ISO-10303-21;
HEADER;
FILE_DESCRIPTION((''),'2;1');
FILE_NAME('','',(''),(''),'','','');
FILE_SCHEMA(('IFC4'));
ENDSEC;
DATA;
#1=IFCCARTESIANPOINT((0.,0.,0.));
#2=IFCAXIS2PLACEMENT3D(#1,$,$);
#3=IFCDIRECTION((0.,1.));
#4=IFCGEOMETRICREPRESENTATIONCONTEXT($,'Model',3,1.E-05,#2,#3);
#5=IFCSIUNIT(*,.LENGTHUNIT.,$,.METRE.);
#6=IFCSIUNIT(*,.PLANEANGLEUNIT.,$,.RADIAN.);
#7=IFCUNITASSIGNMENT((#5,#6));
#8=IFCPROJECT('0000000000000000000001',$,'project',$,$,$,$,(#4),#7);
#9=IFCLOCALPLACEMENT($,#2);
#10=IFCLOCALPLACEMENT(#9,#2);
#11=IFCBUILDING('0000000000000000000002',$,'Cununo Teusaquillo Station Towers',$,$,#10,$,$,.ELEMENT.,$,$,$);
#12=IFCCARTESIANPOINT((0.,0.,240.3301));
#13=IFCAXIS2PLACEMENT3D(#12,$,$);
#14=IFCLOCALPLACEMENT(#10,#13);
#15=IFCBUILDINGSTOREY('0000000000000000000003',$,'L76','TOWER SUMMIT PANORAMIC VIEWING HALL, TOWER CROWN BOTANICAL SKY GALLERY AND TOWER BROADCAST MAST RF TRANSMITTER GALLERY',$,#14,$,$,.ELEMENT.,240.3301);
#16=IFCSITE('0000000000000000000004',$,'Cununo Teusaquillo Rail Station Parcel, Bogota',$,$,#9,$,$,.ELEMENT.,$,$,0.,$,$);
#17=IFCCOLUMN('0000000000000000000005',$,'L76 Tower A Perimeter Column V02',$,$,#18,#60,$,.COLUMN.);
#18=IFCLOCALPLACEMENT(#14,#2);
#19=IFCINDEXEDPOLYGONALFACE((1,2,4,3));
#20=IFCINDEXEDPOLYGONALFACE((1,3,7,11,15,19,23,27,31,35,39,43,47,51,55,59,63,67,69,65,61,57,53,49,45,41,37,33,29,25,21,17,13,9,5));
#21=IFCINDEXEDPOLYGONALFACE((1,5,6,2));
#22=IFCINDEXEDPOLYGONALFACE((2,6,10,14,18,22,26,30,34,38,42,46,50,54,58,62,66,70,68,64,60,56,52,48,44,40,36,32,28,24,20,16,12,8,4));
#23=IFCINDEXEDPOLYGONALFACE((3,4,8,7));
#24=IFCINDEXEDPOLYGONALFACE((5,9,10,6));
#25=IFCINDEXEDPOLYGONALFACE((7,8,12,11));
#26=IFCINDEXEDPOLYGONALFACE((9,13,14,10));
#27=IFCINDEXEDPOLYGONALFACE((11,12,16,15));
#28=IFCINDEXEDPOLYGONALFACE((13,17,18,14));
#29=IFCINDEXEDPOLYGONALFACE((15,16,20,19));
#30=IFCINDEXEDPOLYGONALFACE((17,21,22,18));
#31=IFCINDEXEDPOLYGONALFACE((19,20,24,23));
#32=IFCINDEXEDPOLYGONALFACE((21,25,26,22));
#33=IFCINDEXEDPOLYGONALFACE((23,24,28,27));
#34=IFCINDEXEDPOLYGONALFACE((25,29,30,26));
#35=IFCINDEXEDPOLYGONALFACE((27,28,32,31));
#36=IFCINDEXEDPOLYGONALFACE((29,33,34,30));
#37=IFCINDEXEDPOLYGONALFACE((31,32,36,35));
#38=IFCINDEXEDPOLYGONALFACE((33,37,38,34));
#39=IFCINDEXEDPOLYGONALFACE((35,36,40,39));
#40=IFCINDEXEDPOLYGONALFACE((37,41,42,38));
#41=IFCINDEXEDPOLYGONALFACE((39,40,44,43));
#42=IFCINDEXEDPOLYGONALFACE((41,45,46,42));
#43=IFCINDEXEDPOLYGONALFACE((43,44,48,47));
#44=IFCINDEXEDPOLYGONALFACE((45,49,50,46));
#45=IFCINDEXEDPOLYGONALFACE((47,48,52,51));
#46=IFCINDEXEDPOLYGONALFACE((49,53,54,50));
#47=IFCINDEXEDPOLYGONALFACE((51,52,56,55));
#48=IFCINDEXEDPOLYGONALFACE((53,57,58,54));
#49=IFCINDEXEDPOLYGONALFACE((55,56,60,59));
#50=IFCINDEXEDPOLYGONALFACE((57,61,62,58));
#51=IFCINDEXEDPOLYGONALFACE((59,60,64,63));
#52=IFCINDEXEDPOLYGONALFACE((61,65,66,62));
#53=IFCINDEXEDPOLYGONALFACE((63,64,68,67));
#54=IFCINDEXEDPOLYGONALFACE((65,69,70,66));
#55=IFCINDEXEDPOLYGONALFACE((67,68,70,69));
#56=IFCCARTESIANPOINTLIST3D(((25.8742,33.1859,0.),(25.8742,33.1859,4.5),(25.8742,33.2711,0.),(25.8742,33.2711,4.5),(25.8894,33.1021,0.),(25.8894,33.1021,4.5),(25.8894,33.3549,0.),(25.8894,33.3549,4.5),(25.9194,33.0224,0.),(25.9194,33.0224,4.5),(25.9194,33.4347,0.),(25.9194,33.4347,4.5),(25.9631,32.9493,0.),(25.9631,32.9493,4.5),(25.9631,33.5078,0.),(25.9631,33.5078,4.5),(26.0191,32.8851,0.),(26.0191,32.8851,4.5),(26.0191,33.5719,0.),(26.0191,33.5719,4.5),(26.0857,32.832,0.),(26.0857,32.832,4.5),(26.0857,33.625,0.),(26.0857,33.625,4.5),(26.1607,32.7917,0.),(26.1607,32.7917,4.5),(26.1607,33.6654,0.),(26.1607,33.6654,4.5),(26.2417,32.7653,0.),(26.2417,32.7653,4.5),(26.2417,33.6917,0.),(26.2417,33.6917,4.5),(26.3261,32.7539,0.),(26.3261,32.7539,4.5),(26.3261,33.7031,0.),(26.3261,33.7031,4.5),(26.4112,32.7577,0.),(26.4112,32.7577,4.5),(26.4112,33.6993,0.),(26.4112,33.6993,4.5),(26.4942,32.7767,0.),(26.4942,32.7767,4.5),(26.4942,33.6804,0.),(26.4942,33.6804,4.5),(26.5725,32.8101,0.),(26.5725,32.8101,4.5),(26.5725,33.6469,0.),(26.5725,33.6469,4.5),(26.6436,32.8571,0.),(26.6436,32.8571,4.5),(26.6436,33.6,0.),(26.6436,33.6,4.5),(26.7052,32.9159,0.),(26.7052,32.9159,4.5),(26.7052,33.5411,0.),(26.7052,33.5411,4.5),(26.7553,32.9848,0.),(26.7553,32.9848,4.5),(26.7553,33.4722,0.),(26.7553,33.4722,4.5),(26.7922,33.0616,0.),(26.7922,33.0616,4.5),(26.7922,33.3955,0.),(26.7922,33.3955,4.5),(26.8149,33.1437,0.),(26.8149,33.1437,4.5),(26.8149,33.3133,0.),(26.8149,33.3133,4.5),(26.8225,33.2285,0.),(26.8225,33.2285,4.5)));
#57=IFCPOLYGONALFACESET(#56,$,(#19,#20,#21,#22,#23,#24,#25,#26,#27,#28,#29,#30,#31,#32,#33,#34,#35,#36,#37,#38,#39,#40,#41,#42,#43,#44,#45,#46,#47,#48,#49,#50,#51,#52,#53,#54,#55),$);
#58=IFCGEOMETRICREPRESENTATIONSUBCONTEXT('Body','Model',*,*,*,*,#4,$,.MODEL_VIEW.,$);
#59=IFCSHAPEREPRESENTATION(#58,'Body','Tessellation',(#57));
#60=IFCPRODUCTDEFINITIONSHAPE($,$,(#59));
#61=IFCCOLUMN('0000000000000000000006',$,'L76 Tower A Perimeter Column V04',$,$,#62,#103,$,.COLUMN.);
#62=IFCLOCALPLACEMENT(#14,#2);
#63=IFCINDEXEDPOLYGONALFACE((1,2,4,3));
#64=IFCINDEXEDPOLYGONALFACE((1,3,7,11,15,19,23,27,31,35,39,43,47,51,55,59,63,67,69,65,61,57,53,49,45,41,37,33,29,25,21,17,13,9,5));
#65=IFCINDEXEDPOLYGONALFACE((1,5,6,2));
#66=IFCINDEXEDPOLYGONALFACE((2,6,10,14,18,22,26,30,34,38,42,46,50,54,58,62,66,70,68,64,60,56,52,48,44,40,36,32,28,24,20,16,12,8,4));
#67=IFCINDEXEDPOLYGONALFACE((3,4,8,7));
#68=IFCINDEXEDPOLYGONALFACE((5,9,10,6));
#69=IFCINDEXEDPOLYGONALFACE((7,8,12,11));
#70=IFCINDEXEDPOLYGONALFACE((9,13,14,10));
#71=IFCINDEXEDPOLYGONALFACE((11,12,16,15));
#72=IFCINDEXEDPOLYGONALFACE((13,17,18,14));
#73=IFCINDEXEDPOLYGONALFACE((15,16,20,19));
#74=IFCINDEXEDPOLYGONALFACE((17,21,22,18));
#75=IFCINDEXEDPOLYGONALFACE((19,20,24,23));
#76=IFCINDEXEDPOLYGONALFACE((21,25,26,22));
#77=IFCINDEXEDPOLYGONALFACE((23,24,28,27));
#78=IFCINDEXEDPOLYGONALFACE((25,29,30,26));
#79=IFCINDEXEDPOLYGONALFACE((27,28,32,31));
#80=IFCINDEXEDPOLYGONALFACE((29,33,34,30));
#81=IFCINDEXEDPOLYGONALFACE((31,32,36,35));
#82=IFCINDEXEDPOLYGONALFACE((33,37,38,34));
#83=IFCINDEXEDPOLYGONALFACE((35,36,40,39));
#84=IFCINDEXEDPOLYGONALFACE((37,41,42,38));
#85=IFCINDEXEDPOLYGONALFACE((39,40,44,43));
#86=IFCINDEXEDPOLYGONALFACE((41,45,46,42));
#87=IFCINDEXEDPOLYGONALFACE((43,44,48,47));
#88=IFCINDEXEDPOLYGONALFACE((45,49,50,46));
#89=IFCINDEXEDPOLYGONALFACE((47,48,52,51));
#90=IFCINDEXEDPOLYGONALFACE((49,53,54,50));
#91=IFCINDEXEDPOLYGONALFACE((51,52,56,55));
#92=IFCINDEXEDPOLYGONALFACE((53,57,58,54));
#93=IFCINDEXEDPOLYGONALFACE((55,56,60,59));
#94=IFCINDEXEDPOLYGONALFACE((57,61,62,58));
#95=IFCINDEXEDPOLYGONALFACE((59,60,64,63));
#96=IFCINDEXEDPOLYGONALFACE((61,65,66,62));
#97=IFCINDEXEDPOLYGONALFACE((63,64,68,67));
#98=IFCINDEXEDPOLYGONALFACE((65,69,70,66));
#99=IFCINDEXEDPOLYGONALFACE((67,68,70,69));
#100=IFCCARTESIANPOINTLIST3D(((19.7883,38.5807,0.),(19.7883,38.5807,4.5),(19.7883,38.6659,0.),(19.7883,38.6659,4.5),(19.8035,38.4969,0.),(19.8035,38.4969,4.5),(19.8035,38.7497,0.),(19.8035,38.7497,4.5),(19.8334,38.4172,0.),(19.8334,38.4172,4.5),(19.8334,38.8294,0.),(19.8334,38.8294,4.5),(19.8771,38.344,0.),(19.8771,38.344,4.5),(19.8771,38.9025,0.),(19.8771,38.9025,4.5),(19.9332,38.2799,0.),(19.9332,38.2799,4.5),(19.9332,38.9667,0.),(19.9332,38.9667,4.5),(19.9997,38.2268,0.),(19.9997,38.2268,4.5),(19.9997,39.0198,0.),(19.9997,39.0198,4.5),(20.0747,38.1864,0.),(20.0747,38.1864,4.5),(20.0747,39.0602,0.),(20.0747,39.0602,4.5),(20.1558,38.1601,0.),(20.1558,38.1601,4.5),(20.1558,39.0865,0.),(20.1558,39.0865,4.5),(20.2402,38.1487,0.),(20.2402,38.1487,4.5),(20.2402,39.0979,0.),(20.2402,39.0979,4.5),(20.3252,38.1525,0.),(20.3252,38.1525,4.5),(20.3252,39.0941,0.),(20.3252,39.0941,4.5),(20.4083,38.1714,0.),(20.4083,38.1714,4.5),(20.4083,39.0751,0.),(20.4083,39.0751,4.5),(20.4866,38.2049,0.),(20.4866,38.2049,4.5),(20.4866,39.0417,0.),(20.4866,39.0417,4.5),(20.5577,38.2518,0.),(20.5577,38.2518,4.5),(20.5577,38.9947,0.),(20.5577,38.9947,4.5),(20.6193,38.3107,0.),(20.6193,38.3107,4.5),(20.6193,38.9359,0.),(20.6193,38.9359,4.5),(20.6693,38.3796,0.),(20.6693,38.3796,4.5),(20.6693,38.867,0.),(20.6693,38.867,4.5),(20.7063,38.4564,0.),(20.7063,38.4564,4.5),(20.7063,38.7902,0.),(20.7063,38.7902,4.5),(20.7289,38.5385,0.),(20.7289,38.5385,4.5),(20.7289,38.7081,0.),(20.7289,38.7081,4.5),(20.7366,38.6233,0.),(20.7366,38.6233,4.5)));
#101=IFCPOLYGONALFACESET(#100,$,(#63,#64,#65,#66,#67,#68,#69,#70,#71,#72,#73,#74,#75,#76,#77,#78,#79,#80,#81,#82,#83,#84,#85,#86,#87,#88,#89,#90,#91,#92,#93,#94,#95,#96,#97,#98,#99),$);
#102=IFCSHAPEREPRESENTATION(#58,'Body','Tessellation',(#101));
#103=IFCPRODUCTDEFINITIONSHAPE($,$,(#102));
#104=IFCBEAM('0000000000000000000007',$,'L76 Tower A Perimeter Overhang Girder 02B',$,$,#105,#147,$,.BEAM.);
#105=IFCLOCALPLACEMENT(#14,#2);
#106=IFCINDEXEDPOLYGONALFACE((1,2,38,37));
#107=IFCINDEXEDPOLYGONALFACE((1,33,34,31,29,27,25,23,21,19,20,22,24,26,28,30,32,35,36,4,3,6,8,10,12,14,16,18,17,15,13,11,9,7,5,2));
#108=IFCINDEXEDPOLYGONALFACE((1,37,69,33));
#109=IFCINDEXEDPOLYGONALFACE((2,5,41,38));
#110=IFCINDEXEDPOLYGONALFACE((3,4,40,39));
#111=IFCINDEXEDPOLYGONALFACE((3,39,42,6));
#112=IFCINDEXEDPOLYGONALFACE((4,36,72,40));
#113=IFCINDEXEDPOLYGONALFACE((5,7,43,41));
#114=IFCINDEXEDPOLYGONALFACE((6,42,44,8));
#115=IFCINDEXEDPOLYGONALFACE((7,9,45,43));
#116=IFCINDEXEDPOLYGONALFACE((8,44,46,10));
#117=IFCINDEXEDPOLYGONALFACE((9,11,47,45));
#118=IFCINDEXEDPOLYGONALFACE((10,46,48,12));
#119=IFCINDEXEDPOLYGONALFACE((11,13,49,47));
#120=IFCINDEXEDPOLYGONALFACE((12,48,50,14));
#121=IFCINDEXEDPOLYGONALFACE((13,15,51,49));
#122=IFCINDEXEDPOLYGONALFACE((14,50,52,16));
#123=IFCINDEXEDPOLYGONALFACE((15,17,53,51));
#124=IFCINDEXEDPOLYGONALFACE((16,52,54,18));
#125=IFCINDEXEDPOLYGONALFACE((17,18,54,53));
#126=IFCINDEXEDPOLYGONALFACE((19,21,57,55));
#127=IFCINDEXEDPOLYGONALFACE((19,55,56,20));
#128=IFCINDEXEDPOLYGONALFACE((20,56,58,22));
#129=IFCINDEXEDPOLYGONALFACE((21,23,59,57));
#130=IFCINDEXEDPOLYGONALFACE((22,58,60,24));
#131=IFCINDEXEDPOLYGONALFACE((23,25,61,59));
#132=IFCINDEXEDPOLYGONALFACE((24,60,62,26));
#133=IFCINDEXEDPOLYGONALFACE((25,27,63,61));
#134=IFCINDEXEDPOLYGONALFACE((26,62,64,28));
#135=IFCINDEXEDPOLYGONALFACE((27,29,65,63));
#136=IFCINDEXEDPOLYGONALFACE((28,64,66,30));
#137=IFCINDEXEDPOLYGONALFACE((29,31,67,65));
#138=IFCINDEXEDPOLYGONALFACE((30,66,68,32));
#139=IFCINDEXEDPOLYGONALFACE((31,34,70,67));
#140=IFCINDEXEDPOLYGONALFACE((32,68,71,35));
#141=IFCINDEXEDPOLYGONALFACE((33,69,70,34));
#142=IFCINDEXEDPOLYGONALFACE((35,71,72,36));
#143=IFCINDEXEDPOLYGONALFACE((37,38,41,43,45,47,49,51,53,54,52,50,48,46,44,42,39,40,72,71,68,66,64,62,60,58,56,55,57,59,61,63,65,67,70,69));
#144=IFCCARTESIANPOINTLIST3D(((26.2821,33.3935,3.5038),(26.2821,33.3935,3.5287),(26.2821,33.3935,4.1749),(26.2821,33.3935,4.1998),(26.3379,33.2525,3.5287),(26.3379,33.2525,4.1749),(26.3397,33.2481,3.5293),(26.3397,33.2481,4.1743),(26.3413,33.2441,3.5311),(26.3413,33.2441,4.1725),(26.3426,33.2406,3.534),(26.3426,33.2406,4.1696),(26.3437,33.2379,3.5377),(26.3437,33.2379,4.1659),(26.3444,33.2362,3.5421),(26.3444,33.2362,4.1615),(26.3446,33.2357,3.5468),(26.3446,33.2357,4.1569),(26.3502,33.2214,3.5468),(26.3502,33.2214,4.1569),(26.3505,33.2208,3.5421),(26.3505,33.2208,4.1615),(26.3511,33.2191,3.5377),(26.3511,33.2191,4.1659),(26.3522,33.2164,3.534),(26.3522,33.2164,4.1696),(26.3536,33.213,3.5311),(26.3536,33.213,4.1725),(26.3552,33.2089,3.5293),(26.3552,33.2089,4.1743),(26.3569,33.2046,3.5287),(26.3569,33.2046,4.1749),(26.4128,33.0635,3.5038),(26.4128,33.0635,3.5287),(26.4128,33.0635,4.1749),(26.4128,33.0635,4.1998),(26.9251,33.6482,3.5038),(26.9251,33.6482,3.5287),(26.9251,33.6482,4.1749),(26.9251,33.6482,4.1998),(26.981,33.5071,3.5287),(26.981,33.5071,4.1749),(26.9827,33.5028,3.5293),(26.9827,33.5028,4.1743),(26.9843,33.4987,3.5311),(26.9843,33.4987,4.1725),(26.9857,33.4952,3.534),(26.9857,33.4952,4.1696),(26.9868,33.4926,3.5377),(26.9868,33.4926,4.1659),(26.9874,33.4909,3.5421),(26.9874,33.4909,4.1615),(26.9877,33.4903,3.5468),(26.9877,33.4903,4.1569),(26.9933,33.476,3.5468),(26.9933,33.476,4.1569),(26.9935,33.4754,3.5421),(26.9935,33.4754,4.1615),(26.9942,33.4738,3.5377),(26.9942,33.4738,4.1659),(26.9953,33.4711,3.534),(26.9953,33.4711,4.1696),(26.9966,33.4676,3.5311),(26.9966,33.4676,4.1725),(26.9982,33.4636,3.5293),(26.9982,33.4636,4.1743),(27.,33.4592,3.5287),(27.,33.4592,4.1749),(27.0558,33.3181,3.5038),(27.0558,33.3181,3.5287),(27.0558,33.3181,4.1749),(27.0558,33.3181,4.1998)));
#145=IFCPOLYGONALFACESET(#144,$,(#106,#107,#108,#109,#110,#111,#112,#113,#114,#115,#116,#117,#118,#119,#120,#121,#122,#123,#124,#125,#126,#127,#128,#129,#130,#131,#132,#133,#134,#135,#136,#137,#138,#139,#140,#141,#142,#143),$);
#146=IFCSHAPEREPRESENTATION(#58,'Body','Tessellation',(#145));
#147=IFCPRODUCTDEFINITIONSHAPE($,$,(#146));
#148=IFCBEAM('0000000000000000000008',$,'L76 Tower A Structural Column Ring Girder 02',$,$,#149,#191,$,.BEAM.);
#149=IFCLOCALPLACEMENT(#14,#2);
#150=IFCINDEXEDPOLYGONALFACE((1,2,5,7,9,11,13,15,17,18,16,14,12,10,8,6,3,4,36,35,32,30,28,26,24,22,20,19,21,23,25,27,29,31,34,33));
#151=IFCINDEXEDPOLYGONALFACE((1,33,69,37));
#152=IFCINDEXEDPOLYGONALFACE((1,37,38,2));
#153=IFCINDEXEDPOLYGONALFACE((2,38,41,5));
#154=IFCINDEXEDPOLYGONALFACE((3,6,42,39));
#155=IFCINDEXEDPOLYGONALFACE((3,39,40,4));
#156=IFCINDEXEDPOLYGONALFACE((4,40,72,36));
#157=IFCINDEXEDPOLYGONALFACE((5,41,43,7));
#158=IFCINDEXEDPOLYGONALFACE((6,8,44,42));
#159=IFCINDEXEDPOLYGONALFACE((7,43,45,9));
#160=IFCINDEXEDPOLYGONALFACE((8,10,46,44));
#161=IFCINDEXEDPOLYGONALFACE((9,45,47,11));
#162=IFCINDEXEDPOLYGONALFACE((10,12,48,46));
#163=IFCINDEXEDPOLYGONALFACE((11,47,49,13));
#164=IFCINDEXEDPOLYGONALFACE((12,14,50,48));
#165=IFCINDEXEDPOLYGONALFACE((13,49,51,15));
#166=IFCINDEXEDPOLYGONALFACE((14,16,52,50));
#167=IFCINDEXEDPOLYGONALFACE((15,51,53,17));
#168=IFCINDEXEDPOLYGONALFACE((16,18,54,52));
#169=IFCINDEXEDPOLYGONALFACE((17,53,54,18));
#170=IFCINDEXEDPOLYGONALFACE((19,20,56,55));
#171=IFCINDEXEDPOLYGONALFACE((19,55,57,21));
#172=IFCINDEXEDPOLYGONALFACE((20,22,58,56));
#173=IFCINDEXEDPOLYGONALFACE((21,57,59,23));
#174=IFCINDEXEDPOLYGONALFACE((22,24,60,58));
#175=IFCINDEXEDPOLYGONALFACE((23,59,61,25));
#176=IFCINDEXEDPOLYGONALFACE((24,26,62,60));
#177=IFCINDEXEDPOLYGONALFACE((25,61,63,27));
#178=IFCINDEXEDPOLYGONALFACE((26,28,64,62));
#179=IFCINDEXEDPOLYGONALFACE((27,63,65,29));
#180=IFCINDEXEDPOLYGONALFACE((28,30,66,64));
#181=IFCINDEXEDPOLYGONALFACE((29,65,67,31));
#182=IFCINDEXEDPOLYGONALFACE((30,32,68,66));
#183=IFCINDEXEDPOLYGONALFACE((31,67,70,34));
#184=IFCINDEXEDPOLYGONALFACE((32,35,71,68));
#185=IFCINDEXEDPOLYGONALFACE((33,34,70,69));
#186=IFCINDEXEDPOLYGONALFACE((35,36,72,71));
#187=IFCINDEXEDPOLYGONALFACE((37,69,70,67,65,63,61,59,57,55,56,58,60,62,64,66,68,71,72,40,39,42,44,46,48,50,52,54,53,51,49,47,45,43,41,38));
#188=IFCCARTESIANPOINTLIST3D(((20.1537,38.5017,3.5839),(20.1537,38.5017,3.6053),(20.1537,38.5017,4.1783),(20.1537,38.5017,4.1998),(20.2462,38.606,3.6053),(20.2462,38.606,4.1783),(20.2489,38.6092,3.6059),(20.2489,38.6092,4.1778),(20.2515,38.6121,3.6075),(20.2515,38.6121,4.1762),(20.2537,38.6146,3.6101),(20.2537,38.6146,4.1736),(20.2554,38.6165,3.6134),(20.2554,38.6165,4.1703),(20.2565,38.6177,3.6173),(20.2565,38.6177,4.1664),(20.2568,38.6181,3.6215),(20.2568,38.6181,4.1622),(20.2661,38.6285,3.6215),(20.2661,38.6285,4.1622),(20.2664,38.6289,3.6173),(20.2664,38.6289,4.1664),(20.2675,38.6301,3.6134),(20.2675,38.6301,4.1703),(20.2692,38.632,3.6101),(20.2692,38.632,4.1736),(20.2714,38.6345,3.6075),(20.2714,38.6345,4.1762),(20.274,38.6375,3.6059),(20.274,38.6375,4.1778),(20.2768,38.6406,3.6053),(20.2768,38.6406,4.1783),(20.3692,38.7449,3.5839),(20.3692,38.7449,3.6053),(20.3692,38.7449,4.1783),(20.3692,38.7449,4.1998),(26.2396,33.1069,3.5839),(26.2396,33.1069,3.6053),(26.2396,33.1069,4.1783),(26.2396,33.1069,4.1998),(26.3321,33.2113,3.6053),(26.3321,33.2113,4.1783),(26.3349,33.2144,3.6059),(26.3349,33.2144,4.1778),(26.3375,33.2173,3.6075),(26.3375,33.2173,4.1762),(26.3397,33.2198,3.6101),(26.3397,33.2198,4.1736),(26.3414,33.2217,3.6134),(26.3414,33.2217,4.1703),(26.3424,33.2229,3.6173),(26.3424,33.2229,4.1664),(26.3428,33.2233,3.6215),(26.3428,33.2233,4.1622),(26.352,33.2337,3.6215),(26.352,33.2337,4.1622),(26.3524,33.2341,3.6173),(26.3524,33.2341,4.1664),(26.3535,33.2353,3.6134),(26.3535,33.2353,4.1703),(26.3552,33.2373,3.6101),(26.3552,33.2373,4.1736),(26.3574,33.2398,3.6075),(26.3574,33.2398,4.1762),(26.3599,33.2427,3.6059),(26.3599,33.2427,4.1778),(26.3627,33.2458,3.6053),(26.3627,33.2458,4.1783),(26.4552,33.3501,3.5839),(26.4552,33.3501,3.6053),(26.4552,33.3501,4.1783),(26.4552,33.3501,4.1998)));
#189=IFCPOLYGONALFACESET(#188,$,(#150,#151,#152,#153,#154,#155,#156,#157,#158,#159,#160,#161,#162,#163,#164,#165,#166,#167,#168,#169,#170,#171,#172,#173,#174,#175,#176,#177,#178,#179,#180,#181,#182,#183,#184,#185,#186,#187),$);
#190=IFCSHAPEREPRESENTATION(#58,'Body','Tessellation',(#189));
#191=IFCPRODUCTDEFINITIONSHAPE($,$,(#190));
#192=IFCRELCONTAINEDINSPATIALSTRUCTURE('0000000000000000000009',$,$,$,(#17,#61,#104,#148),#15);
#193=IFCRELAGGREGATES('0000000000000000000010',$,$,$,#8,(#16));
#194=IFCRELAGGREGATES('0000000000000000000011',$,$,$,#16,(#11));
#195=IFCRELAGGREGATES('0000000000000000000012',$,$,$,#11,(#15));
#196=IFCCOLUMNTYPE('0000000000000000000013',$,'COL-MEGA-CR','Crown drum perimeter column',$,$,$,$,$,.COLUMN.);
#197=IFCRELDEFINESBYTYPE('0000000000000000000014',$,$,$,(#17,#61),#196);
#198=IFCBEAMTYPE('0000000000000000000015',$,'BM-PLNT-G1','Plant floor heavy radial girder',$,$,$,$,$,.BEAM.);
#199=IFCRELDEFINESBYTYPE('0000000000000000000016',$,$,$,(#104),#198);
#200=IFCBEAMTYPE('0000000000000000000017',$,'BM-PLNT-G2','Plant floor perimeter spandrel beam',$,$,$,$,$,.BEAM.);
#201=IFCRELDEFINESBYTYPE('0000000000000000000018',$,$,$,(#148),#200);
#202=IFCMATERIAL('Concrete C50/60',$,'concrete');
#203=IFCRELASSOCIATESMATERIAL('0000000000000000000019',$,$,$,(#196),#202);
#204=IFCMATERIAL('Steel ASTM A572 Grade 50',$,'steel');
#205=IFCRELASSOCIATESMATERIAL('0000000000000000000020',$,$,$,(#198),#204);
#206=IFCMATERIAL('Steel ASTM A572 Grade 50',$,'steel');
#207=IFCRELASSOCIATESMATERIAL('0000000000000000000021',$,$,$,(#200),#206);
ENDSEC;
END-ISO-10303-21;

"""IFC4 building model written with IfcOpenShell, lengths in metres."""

from ifc_helpers import new_model, si_unit, direction, frame, origin, origin_2d, place, context, subcontext, project, spatial, circle, i_section, extrude, material, material_profile, profile_set, type_object, element, save


model = new_model("IFC4")

# Units and contexts
model_context = context("Model", 3, precision=1e-05, world=origin(), true_north=direction((0.0, 1.0)))
body_context = subcontext(model_context, "Body", "Model", "MODEL_VIEW")
ifc_project = project(units=[si_unit("LENGTHUNIT", "METRE"), si_unit("PLANEANGLEUNIT", "RADIAN")], contexts=[model_context])

# Site, building, storey
site_placement = place(None, origin())
site = spatial("IfcSite", under=ifc_project, at=site_placement, Name="Cununo Teusaquillo Rail Station Parcel, Bogota", CompositionType="ELEMENT", RefElevation=0.0)
building_placement = place(site_placement, origin())
building = spatial("IfcBuilding", under=site, at=building_placement, Name="Cununo Teusaquillo Station Towers", CompositionType="ELEMENT")
storey_placement = place(building_placement, frame((0.0, 0.0, 240.3301)))
storey = spatial("IfcBuildingStorey", under=building, at=storey_placement, Name="L76", Description="TOWER SUMMIT PANORAMIC VIEWING HALL, TOWER CROWN BOTANICAL SKY GALLERY AND TOWER BROADCAST MAST RF TRANSMITTER GALLERY", CompositionType="ELEMENT", Elevation=240.3301)

# Columns
ifc_material_1 = material(Name="Concrete C50/60", Category="concrete")
ifc_material_profile_1 = material_profile(ifc_material_1, circle(Radius=0.4751, at=origin_2d()), Name="RC-CIRC-950")
ifc_profile_set_1 = profile_set([ifc_material_profile_1], Name="Concrete C50/60")
column_type = type_object("IfcColumnType", Name="COL-MEGA-CR", Description="Crown drum perimeter column", PredefinedType="COLUMN", material=ifc_profile_set_1)
for number, where, z_axis, x_axis, name in (
    (1, (26.3474, 33.2285, 0.0), (0.0, 0.0, 1.0), (1.0, 0.0, 0.0), "L76 Tower A Perimeter Column V02"),
    (2, (20.2615, 38.6233, 0.0), (0.0, 0.0, 1.0), (1.0, 0.0, 0.0), "L76 Tower A Perimeter Column V04"),
):
    element("IfcColumn", number, at=place(storey_placement, frame(where, z_axis=z_axis, x_axis=x_axis)), inside=storey, type_object=column_type, Name=name, PredefinedType="COLUMN", context=body_context, shape_type="SweptSolid", body=[
        extrude(circle(Radius=0.4751, at=origin_2d()), origin(), (0.0, 0.0, 1.0), 4.5),
    ])

# Beams
ifc_material_2 = material(Name="Steel ASTM A572 Grade 50", Category="steel")
ifc_material_profile_2 = material_profile(ifc_material_2, i_section(OverallWidth=0.355, OverallDepth=0.696, WebThickness=0.0154, FlangeThickness=0.0249, FilletRadius=0.0181, at=origin_2d()), Name="W27X146")
ifc_profile_set_2 = profile_set([ifc_material_profile_2], Name="Steel ASTM A572 Grade 50")
beam_type_1 = type_object("IfcBeamType", Name="BM-PLNT-G1", Description="Plant floor heavy radial girder", PredefinedType="BEAM", material=ifc_profile_set_2)
beam_1_placement = place(storey_placement, frame((26.3474, 33.2285, 3.8518), z_axis=(0.929761, 0.368163, 0.0), x_axis=(-0.368163, 0.929761, 0.0)))
element("IfcBeam", 3, at=beam_1_placement, inside=storey, type_object=beam_type_1, Name="L76 Tower A Perimeter Overhang Girder 02B", PredefinedType="BEAM", context=body_context, shape_type="SweptSolid", body=[
    extrude(i_section(OverallWidth=0.355, OverallDepth=0.696, WebThickness=0.0154, FlangeThickness=0.0249, FilletRadius=0.0181, at=origin_2d()), origin(), (0.0, 0.0, 1.0), 0.6917),
])
ifc_material_3 = material(Name="Steel ASTM A572 Grade 50", Category="steel")
ifc_material_profile_3 = material_profile(ifc_material_3, i_section(OverallWidth=0.325, OverallDepth=0.616, WebThickness=0.0139, FlangeThickness=0.0215, FilletRadius=0.0161, at=origin_2d()), Name="W24X117")
ifc_profile_set_3 = profile_set([ifc_material_profile_3], Name="Steel ASTM A572 Grade 50")
beam_type_2 = type_object("IfcBeamType", Name="BM-PLNT-G2", Description="Plant floor perimeter spandrel beam", PredefinedType="BEAM", material=ifc_profile_set_3)
beam_2_placement = place(storey_placement, frame((26.3474, 33.2285, 3.8918), z_axis=(-0.748321, 0.663337, 0.0), x_axis=(-0.663337, -0.748321, 0.0)))
element("IfcBeam", 4, at=beam_2_placement, inside=storey, type_object=beam_type_2, Name="L76 Tower A Structural Column Ring Girder 02", PredefinedType="BEAM", context=body_context, shape_type="SweptSolid", body=[
    extrude(i_section(OverallWidth=0.325, OverallDepth=0.616, WebThickness=0.0139, FlangeThickness=0.0215, FilletRadius=0.0161, at=origin_2d()), origin(), (0.0, 0.0, 1.0), 8.1328),
])

save(model, "model.ifc")
